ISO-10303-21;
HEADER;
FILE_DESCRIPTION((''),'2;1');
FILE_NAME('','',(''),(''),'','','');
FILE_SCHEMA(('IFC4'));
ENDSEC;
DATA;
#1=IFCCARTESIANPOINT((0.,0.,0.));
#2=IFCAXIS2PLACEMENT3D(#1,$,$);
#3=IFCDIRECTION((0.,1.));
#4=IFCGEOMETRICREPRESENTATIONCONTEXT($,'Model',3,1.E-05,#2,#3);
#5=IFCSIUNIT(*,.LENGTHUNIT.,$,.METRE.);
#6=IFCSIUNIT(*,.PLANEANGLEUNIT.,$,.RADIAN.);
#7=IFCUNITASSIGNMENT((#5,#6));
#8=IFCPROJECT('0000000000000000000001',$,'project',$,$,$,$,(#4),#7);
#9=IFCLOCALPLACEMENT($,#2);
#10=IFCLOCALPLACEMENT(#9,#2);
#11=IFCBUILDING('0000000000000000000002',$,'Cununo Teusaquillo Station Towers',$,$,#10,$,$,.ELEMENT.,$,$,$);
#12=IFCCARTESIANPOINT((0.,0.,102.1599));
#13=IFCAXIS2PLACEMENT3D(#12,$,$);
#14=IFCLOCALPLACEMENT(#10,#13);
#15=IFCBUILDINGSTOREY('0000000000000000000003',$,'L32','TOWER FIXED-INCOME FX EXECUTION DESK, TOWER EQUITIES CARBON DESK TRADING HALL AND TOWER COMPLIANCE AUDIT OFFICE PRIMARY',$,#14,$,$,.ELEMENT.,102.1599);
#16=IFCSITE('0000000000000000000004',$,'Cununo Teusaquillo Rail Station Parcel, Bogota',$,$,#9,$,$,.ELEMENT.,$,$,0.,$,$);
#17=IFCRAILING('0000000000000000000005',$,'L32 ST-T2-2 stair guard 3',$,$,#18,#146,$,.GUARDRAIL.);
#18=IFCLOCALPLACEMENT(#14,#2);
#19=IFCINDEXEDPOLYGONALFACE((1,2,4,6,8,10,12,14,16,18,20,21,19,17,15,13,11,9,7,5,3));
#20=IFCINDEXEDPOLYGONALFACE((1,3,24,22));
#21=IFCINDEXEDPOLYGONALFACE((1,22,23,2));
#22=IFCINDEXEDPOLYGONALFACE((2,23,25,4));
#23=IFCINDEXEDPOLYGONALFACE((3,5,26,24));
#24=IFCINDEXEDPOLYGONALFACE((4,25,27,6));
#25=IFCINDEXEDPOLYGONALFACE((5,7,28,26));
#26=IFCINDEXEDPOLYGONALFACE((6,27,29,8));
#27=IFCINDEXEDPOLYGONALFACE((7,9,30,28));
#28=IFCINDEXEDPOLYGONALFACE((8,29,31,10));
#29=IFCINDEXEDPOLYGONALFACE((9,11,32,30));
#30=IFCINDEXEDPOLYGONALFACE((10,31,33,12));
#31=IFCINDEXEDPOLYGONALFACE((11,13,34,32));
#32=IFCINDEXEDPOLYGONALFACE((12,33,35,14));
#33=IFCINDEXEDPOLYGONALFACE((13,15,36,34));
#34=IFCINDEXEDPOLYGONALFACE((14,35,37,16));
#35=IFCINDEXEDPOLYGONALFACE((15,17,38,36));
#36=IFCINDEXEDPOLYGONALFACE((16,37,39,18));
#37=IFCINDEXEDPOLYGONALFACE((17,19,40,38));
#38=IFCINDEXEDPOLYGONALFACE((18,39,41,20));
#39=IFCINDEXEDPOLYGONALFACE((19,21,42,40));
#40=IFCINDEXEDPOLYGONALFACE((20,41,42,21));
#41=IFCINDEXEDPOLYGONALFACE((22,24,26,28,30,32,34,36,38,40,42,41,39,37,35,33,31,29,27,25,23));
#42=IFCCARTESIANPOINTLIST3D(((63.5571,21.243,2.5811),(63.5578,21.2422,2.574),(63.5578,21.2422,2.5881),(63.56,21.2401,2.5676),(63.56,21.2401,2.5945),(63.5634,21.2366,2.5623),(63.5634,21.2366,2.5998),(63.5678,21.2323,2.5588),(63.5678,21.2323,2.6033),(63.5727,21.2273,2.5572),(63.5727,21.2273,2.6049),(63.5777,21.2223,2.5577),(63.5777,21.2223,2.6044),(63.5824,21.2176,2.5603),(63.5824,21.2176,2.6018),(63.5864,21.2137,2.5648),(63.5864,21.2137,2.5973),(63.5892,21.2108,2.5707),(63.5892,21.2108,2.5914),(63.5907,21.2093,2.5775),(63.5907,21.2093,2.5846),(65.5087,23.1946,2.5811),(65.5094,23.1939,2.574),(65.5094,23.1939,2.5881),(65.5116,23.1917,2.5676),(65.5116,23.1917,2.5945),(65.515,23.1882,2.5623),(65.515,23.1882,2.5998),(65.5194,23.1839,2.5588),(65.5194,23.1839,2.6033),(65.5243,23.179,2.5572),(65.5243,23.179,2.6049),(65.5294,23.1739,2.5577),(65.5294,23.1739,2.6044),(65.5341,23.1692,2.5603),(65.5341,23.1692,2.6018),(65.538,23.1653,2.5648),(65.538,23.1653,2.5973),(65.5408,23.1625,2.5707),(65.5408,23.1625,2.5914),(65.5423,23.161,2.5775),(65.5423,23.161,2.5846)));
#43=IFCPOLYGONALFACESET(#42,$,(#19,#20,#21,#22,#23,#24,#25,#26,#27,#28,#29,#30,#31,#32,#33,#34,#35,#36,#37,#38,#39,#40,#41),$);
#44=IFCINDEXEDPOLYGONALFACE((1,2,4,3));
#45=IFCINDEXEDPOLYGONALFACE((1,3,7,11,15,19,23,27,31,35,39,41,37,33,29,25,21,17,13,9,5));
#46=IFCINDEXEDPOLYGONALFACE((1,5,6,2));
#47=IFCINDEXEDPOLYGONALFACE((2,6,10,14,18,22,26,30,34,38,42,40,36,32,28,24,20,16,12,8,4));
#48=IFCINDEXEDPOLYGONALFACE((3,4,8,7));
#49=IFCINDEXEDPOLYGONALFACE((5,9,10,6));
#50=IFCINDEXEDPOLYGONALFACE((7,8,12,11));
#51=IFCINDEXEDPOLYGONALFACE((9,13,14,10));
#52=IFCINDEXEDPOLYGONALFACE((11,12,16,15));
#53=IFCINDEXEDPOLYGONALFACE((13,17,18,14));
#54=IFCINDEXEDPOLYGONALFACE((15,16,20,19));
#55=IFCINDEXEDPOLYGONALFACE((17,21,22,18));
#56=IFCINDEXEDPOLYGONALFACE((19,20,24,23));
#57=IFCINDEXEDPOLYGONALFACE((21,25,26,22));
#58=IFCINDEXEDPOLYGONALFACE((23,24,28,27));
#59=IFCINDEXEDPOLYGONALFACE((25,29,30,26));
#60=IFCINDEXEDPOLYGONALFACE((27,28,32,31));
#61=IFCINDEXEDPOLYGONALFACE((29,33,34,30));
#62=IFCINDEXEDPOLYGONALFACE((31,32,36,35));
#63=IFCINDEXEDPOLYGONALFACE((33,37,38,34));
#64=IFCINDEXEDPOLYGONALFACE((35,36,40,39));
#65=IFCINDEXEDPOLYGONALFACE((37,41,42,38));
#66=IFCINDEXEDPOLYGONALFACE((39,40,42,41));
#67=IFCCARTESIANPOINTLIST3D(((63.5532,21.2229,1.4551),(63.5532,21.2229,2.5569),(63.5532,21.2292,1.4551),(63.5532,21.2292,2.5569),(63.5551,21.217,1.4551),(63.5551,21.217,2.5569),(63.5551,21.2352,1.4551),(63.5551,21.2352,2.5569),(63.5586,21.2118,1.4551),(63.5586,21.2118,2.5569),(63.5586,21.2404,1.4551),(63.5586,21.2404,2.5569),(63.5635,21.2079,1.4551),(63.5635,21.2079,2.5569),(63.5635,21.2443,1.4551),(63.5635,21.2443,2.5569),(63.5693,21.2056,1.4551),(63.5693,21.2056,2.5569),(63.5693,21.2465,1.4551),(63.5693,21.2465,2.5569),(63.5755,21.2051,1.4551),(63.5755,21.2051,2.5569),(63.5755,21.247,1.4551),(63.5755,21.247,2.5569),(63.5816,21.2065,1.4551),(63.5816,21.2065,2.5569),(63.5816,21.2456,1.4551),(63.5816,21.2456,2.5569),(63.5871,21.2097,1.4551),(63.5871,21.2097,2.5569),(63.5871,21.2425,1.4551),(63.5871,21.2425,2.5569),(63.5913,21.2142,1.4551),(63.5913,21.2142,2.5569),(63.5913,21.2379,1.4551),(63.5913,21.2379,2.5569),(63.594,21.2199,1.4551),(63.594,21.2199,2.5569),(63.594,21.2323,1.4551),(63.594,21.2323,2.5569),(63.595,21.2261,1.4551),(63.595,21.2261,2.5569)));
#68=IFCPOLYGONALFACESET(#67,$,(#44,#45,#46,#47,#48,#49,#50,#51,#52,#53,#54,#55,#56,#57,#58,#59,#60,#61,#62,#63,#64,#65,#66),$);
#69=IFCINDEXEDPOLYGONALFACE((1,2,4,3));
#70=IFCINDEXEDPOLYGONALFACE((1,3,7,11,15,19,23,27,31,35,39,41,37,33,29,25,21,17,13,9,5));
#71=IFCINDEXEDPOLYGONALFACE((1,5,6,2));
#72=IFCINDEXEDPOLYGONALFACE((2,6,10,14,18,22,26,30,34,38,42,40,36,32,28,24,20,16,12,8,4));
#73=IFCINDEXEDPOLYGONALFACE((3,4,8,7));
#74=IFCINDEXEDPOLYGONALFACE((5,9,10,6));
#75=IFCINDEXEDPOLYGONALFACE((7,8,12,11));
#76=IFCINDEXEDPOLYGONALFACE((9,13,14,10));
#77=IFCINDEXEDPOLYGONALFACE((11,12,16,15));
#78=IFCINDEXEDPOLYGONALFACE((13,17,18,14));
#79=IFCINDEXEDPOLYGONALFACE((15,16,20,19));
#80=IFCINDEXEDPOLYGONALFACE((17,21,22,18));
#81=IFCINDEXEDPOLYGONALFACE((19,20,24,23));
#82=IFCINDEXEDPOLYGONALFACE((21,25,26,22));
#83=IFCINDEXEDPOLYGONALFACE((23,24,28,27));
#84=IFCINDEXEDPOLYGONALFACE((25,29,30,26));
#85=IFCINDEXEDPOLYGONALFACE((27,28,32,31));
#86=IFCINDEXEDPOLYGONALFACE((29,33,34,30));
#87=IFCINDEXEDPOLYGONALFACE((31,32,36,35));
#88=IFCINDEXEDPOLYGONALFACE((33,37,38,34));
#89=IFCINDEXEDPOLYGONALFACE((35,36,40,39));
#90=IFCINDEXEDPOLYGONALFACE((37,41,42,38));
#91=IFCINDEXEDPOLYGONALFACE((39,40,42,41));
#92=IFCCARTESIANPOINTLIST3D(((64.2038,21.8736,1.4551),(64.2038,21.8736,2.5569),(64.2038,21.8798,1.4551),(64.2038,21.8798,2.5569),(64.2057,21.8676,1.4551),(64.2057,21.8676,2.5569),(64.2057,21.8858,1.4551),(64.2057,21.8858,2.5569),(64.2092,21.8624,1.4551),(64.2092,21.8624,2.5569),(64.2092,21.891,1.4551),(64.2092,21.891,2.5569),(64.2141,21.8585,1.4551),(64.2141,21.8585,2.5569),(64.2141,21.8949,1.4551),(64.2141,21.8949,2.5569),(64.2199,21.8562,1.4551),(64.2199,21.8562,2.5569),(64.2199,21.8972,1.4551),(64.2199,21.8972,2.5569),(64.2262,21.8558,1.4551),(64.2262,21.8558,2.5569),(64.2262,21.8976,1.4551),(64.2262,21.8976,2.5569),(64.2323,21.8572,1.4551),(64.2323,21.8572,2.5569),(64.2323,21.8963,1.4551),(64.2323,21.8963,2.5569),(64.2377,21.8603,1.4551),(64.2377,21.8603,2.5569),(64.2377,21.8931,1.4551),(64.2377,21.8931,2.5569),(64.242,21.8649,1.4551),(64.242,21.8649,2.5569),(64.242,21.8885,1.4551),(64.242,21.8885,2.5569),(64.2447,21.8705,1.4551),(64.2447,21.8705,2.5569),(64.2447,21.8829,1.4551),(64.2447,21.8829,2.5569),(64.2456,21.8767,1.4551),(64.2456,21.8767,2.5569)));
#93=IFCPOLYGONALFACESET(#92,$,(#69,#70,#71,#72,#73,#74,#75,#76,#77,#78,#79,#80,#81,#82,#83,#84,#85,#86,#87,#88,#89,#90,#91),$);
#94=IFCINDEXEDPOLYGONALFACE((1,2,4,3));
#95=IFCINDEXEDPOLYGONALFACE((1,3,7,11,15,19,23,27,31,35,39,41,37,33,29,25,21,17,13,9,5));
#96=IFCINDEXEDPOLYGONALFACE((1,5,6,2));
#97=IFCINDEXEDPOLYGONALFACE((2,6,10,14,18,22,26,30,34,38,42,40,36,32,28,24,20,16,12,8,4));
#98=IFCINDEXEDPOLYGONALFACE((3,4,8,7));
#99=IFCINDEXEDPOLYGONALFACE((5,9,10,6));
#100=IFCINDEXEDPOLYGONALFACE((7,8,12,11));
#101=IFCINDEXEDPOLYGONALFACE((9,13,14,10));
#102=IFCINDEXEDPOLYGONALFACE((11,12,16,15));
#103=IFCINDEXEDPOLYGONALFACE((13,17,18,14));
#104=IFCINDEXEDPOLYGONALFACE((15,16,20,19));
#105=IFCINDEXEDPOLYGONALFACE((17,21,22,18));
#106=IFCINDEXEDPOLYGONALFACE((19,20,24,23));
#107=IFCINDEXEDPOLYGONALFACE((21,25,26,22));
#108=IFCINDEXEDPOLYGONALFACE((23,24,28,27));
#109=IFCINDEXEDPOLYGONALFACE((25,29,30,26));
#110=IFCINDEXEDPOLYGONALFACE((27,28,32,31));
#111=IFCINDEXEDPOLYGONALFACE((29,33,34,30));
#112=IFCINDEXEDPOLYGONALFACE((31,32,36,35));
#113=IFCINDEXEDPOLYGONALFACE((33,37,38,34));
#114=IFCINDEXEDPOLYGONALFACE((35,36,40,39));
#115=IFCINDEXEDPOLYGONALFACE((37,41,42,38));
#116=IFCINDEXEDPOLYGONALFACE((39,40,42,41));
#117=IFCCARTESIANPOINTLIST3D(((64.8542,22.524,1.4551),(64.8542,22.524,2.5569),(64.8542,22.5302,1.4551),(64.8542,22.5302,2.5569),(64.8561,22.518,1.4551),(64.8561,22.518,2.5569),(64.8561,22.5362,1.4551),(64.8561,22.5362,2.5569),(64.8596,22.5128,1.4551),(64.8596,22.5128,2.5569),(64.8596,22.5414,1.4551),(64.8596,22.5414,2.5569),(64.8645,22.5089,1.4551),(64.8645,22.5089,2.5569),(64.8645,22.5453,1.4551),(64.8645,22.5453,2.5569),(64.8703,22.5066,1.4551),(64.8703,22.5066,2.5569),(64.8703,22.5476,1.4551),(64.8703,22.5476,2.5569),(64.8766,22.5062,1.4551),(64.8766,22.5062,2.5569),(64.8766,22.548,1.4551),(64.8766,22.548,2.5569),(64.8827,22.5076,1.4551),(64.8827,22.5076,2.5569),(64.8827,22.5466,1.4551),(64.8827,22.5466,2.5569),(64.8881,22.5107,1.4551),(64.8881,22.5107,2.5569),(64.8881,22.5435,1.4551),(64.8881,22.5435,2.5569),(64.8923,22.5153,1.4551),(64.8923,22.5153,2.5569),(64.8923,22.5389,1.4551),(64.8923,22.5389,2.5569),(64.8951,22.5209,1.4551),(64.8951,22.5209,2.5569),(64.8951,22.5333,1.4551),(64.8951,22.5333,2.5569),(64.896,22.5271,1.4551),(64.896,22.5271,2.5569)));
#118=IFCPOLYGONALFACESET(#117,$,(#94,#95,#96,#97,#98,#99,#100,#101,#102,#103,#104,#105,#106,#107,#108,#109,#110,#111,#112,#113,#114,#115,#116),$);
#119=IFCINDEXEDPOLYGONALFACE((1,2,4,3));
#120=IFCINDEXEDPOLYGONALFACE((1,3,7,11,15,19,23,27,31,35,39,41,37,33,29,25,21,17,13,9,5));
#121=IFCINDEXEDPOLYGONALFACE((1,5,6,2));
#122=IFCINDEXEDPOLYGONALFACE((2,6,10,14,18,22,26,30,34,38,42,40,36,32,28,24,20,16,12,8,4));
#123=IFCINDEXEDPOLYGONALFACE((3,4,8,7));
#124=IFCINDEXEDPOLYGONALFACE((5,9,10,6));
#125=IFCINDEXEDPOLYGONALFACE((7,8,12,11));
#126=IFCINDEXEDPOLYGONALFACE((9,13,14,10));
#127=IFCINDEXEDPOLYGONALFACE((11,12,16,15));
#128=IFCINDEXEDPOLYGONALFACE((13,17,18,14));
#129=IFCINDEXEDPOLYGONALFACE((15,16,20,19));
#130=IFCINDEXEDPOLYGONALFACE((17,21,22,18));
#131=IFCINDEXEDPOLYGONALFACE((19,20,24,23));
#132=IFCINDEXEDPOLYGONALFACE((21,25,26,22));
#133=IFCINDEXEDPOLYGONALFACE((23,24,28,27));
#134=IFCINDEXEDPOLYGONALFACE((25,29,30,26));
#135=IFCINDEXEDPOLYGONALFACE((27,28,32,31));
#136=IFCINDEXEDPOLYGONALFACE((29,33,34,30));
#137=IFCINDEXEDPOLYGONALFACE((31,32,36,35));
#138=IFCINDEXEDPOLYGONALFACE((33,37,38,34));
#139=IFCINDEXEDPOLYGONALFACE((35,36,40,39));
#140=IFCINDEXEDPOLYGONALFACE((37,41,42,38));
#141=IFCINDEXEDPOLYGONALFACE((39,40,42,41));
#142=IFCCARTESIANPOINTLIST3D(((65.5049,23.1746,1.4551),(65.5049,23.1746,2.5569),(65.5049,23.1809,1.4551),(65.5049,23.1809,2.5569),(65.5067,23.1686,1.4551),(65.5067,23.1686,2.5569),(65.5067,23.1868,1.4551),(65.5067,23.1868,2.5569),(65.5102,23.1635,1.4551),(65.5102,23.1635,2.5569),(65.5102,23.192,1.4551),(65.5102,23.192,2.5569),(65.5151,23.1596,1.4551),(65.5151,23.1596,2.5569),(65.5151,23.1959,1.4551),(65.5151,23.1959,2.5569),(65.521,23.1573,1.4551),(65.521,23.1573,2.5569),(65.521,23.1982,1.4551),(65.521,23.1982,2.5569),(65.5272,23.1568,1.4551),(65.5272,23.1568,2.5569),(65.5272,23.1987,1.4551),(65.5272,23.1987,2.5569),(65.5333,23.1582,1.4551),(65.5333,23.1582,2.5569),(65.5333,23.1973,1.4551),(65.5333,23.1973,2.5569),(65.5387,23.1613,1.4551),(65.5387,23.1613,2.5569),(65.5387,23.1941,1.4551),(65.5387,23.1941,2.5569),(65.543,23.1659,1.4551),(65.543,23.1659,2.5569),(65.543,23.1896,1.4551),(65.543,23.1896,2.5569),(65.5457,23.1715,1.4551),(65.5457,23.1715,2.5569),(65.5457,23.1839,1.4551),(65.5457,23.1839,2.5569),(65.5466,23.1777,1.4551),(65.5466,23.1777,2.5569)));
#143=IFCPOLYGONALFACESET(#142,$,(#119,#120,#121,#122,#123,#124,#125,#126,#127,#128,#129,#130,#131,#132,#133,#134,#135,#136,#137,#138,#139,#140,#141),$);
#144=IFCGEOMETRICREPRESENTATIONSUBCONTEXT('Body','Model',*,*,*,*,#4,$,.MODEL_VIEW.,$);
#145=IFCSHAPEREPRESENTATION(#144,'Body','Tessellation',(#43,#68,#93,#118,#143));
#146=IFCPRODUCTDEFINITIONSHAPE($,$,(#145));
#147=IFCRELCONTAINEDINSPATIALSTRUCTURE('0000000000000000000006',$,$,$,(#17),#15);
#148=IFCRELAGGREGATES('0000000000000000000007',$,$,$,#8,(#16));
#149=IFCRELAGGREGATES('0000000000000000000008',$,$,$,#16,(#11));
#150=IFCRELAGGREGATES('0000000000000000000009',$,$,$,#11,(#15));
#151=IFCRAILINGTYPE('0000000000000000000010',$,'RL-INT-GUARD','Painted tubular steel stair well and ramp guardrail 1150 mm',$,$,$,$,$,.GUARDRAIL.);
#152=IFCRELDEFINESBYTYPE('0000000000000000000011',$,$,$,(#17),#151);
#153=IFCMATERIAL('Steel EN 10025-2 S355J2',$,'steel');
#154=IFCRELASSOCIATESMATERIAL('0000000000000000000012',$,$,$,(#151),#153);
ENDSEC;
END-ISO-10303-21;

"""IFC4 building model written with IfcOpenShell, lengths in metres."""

from ifc_helpers import new_model, si_unit, direction, frame, origin, origin_2d, place, context, subcontext, project, spatial, circle, extrude, material, type_object, element, save


model = new_model("IFC4")

# Units and contexts
model_context = context("Model", 3, precision=1e-05, world=origin(), true_north=direction((0.0, 1.0)))
body_context = subcontext(model_context, "Body", "Model", "MODEL_VIEW")
ifc_project = project(units=[si_unit("LENGTHUNIT", "METRE"), si_unit("PLANEANGLEUNIT", "RADIAN")], contexts=[model_context])

# Site, building, storey
site_placement = place(None, origin())
site = spatial("IfcSite", under=ifc_project, at=site_placement, Name="Cununo Teusaquillo Rail Station Parcel, Bogota", CompositionType="ELEMENT", RefElevation=0.0)
building_placement = place(site_placement, origin())
building = spatial("IfcBuilding", under=site, at=building_placement, Name="Cununo Teusaquillo Station Towers", CompositionType="ELEMENT")
storey_placement = place(building_placement, frame((0.0, 0.0, 102.1599)))
storey = spatial("IfcBuildingStorey", under=building, at=storey_placement, Name="L32", Description="TOWER FIXED-INCOME FX EXECUTION DESK, TOWER EQUITIES CARBON DESK TRADING HALL AND TOWER COMPLIANCE AUDIT OFFICE PRIMARY", CompositionType="ELEMENT", Elevation=102.1599)

# Railing
ifc_material_1 = material(Name="Steel EN 10025-2 S355J2", Category="steel")
railing_type = type_object("IfcRailingType", Name="RL-INT-GUARD", Description="Painted tubular steel stair well and ramp guardrail 1150 mm", PredefinedType="GUARDRAIL", material=ifc_material_1)
railing_1_placement = place(storey_placement, frame((63.574, 21.2261, 1.4551)))
element("IfcRailing", 1, at=railing_1_placement, inside=storey, type_object=railing_type, Name="L32 ST-T2-2 stair guard 3", PredefinedType="GUARDRAIL", context=body_context, shape_type="SweptSolid", body=[
    extrude(circle(Radius=0.0239, at=origin_2d()), frame((0.0, 0.0, 1.126), z_axis=(0.707107, 0.707107, 0.0), x_axis=(-0.707107, 0.707107, 0.0)), (0.0, 0.0, 1.0), 2.76),
    extrude(circle(Radius=0.021, at=origin_2d()), origin(), (0.0, 0.0, 1.0), 1.1018),
    extrude(circle(Radius=0.021, at=origin_2d()), frame((0.6506, 0.6506, 0.0)), (0.0, 0.0, 1.0), 1.1018),
    extrude(circle(Radius=0.021, at=origin_2d()), frame((1.301, 1.301, 0.0)), (0.0, 0.0, 1.0), 1.1018),
    extrude(circle(Radius=0.021, at=origin_2d()), frame((1.9517, 1.9517, 0.0)), (0.0, 0.0, 1.0), 1.1018),
])

save(model, "model.ifc")
